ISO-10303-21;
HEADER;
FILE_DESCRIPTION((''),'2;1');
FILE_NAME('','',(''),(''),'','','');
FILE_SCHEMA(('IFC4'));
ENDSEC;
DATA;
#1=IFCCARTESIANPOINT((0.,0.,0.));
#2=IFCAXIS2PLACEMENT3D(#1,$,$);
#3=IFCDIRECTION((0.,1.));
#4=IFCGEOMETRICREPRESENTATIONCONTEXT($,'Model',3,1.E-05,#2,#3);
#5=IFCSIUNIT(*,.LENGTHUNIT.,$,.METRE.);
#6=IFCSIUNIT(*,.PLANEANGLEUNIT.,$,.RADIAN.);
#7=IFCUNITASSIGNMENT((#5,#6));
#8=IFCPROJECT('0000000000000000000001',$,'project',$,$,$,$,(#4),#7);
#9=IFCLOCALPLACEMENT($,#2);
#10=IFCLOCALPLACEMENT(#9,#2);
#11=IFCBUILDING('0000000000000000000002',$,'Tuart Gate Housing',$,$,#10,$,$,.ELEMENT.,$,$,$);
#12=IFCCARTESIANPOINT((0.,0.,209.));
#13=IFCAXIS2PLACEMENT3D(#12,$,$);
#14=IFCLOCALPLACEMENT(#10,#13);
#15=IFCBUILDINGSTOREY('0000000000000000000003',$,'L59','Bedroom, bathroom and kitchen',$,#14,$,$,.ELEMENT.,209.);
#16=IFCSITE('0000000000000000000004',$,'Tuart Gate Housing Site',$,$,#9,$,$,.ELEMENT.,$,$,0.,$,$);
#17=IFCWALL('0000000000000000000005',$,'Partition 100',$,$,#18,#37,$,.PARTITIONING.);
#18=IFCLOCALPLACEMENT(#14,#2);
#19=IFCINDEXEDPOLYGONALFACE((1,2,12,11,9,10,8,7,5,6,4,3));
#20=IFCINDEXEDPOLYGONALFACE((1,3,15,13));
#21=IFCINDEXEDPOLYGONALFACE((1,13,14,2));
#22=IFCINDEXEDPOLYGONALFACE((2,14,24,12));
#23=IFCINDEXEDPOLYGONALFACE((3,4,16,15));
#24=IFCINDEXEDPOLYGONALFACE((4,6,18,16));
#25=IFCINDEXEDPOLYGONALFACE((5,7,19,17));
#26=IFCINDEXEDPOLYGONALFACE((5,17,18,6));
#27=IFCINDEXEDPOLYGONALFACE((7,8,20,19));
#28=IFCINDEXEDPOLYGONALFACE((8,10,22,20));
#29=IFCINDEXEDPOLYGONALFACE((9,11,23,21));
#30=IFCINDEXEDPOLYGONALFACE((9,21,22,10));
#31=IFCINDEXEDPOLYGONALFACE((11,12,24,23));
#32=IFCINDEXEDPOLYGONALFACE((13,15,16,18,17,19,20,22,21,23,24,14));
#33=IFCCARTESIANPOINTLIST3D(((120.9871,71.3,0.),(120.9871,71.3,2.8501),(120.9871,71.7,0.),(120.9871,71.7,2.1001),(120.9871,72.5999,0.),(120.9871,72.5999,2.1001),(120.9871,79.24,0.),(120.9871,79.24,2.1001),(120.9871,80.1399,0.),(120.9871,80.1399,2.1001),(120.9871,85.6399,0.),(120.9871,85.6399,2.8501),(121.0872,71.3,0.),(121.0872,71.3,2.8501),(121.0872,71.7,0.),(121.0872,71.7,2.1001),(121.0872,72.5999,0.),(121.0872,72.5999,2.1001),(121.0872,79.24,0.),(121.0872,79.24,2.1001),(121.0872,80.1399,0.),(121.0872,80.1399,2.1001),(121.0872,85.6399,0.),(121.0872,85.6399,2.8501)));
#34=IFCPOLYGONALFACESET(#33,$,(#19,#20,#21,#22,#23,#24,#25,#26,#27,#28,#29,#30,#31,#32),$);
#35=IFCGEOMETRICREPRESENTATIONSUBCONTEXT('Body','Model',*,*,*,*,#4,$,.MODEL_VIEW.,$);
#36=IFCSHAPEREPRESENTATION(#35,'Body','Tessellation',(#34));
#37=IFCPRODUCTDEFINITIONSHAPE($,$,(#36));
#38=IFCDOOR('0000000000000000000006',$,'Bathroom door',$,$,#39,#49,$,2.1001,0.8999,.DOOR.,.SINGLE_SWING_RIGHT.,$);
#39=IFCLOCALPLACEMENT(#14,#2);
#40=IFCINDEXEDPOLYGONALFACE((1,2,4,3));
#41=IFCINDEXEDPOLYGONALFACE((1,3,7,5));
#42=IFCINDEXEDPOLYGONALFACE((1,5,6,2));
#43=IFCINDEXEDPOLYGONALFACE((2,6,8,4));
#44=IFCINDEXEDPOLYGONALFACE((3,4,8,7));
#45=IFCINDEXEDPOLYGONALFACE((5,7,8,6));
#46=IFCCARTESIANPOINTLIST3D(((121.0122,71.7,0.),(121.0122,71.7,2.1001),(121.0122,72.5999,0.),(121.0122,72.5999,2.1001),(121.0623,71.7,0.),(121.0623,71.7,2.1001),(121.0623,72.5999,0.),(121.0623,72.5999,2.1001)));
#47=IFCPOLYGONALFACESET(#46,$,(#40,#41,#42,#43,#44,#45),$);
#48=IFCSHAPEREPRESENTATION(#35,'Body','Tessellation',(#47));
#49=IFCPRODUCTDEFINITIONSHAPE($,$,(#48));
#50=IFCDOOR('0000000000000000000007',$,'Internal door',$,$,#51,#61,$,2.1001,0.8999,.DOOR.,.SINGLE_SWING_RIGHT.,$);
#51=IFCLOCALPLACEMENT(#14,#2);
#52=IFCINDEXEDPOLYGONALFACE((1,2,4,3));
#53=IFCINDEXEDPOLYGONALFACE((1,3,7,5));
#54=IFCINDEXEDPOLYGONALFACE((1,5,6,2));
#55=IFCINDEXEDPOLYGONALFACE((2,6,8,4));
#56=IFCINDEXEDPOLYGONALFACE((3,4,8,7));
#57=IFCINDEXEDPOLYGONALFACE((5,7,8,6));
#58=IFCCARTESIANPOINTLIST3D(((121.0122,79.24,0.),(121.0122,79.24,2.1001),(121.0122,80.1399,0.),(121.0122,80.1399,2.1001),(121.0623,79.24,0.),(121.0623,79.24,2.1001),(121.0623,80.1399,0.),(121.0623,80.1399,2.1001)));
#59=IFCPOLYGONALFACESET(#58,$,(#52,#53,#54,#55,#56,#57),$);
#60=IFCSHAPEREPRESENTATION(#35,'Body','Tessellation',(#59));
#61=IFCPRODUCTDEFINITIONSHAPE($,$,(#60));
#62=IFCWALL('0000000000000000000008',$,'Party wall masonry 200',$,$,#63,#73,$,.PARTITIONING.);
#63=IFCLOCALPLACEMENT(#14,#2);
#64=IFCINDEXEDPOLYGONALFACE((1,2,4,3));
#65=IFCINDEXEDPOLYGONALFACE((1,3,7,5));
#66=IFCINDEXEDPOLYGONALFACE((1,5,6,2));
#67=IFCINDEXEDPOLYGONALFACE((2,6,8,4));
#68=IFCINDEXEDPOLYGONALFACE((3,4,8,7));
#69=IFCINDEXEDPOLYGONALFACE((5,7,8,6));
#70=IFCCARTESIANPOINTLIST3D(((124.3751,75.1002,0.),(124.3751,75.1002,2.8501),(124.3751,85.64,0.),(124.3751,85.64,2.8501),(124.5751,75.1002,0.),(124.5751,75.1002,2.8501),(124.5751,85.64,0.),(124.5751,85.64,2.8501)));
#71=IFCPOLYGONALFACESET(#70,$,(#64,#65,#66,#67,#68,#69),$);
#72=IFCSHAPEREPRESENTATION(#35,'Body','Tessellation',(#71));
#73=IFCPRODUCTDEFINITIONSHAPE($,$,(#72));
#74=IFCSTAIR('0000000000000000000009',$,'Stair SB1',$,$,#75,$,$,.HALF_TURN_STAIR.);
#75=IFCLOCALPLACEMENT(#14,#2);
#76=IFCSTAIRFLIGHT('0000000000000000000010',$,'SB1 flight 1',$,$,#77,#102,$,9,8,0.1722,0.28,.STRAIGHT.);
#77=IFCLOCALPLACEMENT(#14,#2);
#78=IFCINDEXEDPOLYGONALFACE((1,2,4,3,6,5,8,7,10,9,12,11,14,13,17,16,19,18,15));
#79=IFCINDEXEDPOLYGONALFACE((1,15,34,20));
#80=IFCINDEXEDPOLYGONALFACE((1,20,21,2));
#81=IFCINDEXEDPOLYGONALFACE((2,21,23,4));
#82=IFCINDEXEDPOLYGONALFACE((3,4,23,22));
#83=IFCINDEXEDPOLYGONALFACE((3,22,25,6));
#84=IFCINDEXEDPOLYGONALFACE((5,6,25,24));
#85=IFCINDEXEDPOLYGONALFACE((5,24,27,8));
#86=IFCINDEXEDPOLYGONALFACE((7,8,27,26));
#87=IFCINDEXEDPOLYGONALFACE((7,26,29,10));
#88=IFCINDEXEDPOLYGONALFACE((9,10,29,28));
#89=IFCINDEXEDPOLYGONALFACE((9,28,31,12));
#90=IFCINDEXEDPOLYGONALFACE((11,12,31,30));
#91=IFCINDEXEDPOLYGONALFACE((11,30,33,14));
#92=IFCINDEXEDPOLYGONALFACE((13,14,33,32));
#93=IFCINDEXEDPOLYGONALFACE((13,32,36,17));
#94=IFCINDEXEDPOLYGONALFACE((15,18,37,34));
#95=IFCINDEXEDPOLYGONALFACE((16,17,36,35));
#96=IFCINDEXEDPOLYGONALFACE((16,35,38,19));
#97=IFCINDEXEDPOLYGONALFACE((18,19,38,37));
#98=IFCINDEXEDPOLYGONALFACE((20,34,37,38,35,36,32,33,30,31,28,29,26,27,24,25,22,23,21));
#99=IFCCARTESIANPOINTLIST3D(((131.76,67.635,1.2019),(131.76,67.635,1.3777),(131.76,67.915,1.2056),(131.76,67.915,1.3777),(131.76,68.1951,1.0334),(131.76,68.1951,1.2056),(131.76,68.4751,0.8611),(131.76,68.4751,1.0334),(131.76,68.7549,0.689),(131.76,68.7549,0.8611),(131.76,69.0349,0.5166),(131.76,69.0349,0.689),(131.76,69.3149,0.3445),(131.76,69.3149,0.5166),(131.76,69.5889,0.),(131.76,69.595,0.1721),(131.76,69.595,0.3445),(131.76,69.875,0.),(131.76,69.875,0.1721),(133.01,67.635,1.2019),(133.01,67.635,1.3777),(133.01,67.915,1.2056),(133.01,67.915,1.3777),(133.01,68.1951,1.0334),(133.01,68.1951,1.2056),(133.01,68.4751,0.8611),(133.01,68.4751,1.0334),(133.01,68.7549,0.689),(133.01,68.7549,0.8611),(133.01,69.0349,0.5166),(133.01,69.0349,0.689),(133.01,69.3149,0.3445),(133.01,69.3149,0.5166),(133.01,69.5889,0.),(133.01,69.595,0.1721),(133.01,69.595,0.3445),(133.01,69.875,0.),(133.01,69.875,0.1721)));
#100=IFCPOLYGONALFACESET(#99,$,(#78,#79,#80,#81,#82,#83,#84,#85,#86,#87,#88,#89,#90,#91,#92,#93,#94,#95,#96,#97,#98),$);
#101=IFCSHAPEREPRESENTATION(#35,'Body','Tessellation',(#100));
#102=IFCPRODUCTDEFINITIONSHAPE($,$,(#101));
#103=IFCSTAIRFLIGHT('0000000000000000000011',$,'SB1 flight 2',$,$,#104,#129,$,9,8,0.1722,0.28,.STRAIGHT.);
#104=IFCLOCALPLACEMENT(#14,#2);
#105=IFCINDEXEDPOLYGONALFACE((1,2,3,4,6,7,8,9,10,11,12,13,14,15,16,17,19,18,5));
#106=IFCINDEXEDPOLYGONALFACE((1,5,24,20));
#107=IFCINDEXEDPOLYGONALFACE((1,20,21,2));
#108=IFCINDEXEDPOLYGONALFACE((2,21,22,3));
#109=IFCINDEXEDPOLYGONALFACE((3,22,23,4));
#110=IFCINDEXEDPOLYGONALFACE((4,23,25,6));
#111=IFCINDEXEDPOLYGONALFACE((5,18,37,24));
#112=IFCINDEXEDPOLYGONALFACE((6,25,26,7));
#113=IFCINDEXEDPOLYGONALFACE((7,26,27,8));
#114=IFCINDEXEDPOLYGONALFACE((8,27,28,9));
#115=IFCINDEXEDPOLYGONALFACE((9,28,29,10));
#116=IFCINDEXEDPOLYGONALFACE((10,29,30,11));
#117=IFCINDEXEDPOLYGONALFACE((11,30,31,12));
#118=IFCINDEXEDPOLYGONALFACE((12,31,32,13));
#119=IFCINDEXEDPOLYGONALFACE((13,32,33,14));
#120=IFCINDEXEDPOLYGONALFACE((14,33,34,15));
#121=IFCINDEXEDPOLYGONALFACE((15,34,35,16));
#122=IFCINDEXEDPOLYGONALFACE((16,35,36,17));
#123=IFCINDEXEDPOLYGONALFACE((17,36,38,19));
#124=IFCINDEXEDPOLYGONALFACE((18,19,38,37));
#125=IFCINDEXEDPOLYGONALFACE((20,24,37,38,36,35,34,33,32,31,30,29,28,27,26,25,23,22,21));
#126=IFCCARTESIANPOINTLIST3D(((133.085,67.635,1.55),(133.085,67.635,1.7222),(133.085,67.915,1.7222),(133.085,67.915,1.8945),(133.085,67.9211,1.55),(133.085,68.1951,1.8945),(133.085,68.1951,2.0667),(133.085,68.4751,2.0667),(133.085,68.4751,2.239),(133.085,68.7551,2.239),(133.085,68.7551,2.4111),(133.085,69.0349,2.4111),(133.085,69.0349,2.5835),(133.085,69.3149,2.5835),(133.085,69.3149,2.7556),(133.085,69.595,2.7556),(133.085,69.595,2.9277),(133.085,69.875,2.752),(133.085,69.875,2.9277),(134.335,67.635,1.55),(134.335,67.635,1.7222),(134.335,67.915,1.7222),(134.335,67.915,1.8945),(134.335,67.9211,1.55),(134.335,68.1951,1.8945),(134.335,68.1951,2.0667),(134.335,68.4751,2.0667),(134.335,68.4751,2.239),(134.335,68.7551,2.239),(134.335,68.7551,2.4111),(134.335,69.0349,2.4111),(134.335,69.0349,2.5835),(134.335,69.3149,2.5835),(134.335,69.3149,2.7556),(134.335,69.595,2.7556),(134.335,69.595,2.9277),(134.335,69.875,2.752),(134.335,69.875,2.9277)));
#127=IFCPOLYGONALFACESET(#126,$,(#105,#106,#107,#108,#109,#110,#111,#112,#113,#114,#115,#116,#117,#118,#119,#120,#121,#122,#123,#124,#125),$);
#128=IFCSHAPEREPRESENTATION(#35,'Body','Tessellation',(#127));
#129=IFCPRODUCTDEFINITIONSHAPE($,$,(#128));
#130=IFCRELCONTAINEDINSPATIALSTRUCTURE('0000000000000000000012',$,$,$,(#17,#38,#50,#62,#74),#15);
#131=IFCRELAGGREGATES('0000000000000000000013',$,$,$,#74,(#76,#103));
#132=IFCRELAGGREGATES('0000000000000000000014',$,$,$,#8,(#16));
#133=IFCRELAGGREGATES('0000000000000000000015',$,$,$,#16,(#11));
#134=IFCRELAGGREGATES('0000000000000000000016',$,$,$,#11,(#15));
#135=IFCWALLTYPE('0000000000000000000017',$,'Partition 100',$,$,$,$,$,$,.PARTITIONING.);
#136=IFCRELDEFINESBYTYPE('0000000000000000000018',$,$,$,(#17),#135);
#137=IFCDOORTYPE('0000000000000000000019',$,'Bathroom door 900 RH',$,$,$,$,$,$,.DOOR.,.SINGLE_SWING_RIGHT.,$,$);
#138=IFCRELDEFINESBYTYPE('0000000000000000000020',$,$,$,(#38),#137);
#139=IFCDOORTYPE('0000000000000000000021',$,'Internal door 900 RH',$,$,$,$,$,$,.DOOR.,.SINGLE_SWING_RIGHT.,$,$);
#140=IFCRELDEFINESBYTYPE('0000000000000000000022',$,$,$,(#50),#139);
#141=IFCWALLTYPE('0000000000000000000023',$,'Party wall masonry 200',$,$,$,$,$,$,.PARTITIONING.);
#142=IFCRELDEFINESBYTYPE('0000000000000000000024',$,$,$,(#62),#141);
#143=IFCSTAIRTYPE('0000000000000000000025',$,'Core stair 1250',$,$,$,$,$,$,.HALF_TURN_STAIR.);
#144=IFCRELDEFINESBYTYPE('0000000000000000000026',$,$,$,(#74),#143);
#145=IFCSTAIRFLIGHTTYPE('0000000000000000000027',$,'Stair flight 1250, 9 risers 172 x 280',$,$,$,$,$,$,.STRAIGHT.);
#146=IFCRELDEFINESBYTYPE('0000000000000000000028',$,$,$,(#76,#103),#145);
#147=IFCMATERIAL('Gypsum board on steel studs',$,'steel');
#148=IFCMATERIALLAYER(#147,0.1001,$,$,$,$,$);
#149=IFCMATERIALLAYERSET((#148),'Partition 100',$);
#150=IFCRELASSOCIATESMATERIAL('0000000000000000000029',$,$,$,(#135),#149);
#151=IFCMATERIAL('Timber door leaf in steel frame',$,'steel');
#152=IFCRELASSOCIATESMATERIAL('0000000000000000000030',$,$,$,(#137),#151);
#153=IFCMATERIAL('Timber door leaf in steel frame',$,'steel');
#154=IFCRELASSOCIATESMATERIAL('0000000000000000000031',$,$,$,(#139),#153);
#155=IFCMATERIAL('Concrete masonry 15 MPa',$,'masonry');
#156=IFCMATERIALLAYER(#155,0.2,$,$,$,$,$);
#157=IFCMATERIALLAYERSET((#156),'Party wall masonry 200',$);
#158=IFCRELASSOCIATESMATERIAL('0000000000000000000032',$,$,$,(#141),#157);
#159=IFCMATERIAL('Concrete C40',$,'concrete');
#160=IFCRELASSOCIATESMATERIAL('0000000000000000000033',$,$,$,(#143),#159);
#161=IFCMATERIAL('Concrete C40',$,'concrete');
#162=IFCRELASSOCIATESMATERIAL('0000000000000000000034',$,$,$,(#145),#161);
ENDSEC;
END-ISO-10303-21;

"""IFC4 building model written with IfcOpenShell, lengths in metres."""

from ifc_helpers import new_model, si_unit, direction, frame, frame_2d, origin, place, context, subcontext, project, spatial, polyline, rectangle, outline, extrude, material, layer, layer_set, type_object, element, fill, aggregate, save


model = new_model("IFC4")

# Units and contexts
model_context = context("Model", 3, precision=1e-05, world=origin(), true_north=direction((0.0, 1.0)))
body_context = subcontext(model_context, "Body", "Model", "MODEL_VIEW")
ifc_project = project(units=[si_unit("LENGTHUNIT", "METRE"), si_unit("PLANEANGLEUNIT", "RADIAN")], contexts=[model_context])

# Site, building, storey
site_placement = place(None, origin())
site = spatial("IfcSite", under=ifc_project, at=site_placement, Name="Tuart Gate Housing Site", CompositionType="ELEMENT", RefElevation=0.0)
building_placement = place(site_placement, origin())
building = spatial("IfcBuilding", under=site, at=building_placement, Name="Tuart Gate Housing", CompositionType="ELEMENT")
storey_placement = place(building_placement, frame((0.0, 0.0, 209.0)))
storey = spatial("IfcBuildingStorey", under=building, at=storey_placement, Name="L59", Description="Bedroom, bathroom and kitchen", CompositionType="ELEMENT", Elevation=209.0)

# Shared definitions
ifc_material_1 = material(Name="Gypsum board on steel studs", Category="steel")
ifc_layer_1 = layer(ifc_material_1, 0.1001)
ifc_layer_set_1 = layer_set([ifc_layer_1], Name="Partition 100")
wall_type_1 = type_object("IfcWallType", Name="Partition 100", PredefinedType="PARTITIONING", material=ifc_layer_set_1)

# Wall, openings, doors
wall_1_placement = place(storey_placement, frame((121.0371, 71.3, 0.0), z_axis=(0.0, 0.0, 1.0), x_axis=(0.0, 1.0, 0.0)))
wall_1 = element("IfcWall", 1, at=wall_1_placement, inside=storey, type_object=wall_type_1, Name="Partition 100", PredefinedType="PARTITIONING", context=body_context, shape_type="SweptSolid", body=[
    extrude(rectangle(XDim=14.3398, YDim=0.1001, at=frame_2d((7.1699, 0.0))), origin(), (0.0, 0.0, 1.0), 2.8501),
])
opening_1_placement = place(wall_1_placement, frame((7.9399, 0.0, 0.0)))
opening_1 = element("IfcOpeningElement", 2, at=opening_1_placement, cuts=wall_1, PredefinedType="OPENING", context=body_context, shape_type="SweptSolid", body=[
    extrude(rectangle(XDim=0.8999, YDim=2.1001, at=frame_2d((0.45, 1.05))), frame((0.0, 0.0601, 0.0), z_axis=(0.0, -1.0, 0.0), x_axis=(1.0, 0.0, 0.0)), (0.0, 0.0, 1.0), 0.1201),
])
opening_2_placement = place(wall_1_placement, frame((0.3999, 0.0, 0.0)))
opening_2 = element("IfcOpeningElement", 3, at=opening_2_placement, cuts=wall_1, PredefinedType="OPENING", context=body_context, shape_type="SweptSolid", body=[
    extrude(rectangle(XDim=0.8999, YDim=2.1001, at=frame_2d((0.45, 1.05))), frame((0.0, 0.0601, 0.0), z_axis=(0.0, -1.0, 0.0), x_axis=(1.0, 0.0, 0.0)), (0.0, 0.0, 1.0), 0.1201),
])
ifc_material_2 = material(Name="Timber door leaf in steel frame", Category="steel")
door_type_1 = type_object("IfcDoorType", Name="Bathroom door 900 RH", OperationType="SINGLE_SWING_RIGHT", PredefinedType="DOOR", material=ifc_material_2)
door_1_placement = place(opening_2_placement, frame((0.8999, 0.0, 0.0), z_axis=(0.0, 0.0, 1.0), x_axis=(-1.0, 0.0, 0.0)))
door_1 = element("IfcDoor", 4, at=door_1_placement, inside=storey, type_object=door_type_1, Name="Bathroom door", OperationType="SINGLE_SWING_RIGHT", OverallHeight=2.1001, OverallWidth=0.8999, PredefinedType="DOOR", context=body_context, shape_type="SweptSolid", body=[
    extrude(rectangle(XDim=0.8999, YDim=2.1001, at=frame_2d((0.45, 1.05))), frame((0.0, 0.0251, 0.0), z_axis=(0.0, -1.0, 0.0), x_axis=(1.0, 0.0, 0.0)), (0.0, 0.0, 1.0), 0.05),
])
fill(opening_2, door_1)
ifc_material_3 = material(Name="Timber door leaf in steel frame", Category="steel")
door_type_2 = type_object("IfcDoorType", Name="Internal door 900 RH", OperationType="SINGLE_SWING_RIGHT", PredefinedType="DOOR", material=ifc_material_3)
door_2_placement = place(opening_1_placement, frame((0.8999, 0.0, 0.0), z_axis=(0.0, 0.0, 1.0), x_axis=(-1.0, 0.0, 0.0)))
door_2 = element("IfcDoor", 5, at=door_2_placement, inside=storey, type_object=door_type_2, Name="Internal door", OperationType="SINGLE_SWING_RIGHT", OverallHeight=2.1001, OverallWidth=0.8999, PredefinedType="DOOR", context=body_context, shape_type="SweptSolid", body=[
    extrude(rectangle(XDim=0.8999, YDim=2.1001, at=frame_2d((0.45, 1.05))), frame((0.0, 0.0251, 0.0), z_axis=(0.0, -1.0, 0.0), x_axis=(1.0, 0.0, 0.0)), (0.0, 0.0, 1.0), 0.05),
])
fill(opening_1, door_2)

# Wall
ifc_material_4 = material(Name="Concrete masonry 15 MPa", Category="masonry")
ifc_layer_2 = layer(ifc_material_4, 0.2)
ifc_layer_set_2 = layer_set([ifc_layer_2], Name="Party wall masonry 200")
wall_type_2 = type_object("IfcWallType", Name="Party wall masonry 200", PredefinedType="PARTITIONING", material=ifc_layer_set_2)
wall_2_placement = place(storey_placement, frame((124.4751, 75.1001, 0.0), z_axis=(0.0, 0.0, 1.0), x_axis=(0.0, 1.0, 0.0)))
element("IfcWall", 6, at=wall_2_placement, inside=storey, type_object=wall_type_2, Name="Party wall masonry 200", PredefinedType="PARTITIONING", context=body_context, shape_type="SweptSolid", body=[
    extrude(rectangle(XDim=10.5398, YDim=0.2, at=frame_2d((5.27, 0.0))), origin(), (0.0, 0.0, 1.0), 2.8501),
])

# Stair, stair flights
ifc_material_5 = material(Name="Concrete C40", Category="concrete")
stair_type = type_object("IfcStairType", Name="Core stair 1250", PredefinedType="HALF_TURN_STAIR", material=ifc_material_5)
stair_placement = place(storey_placement, origin())
stair = element("IfcStair", 7, at=stair_placement, inside=storey, type_object=stair_type, Name="Stair SB1", PredefinedType="HALF_TURN_STAIR")
ifc_material_6 = material(Name="Concrete C40", Category="concrete")
stair_flight_type = type_object("IfcStairFlightType", Name="Stair flight 1250, 9 risers 172 x 280", PredefinedType="STRAIGHT", material=ifc_material_6)
stair_flight_1_placement = place(storey_placement, frame((132.385, 69.875, 0.0), z_axis=(0.0, 0.0, 1.0), x_axis=(0.0, -1.0, 0.0)))
stair_flight_1 = element("IfcStairFlight", 8, at=stair_flight_1_placement, type_object=stair_flight_type, Name="SB1 flight 1", NumberOfRisers=9, NumberOfTreads=8, PredefinedType="STRAIGHT", RiserHeight=0.1722, TreadLength=0.28, context=body_context, shape_type="SweptSolid", body=[
    extrude(outline(polyline([(0.0, 0.0), (0.0, 0.1721), (0.28, 0.1721), (0.28, 0.3445), (0.5601, 0.3445), (0.5601, 0.5166), (0.8401, 0.5166), (0.8401, 0.689), (1.1201, 0.689), (1.1201, 0.8611), (1.3999, 0.8611), (1.3999, 1.0334), (1.6799, 1.0334), (1.6799, 1.2056), (1.96, 1.2056), (1.96, 1.3777), (2.24, 1.3777), (2.24, 1.55), (2.24, 1.2019), (0.2861, 0.0), (0.0, 0.0)])), frame((0.0, 0.625, 0.0), z_axis=(0.0, -1.0, 0.0), x_axis=(1.0, 0.0, 0.0)), (0.0, 0.0, 1.0), 1.25),
])
stair_flight_2_placement = place(storey_placement, frame((133.71, 67.635, 1.55), z_axis=(0.0, 0.0, 1.0), x_axis=(0.0, 1.0, 0.0)))
stair_flight_2 = element("IfcStairFlight", 9, at=stair_flight_2_placement, type_object=stair_flight_type, Name="SB1 flight 2", NumberOfRisers=9, NumberOfTreads=8, PredefinedType="STRAIGHT", RiserHeight=0.1722, TreadLength=0.28, context=body_context, shape_type="SweptSolid", body=[
    extrude(outline(polyline([(0.0, 0.0), (0.0, 0.1721), (0.28, 0.1721), (0.28, 0.3445), (0.5601, 0.3445), (0.5601, 0.5166), (0.8401, 0.5166), (0.8401, 0.689), (1.1201, 0.689), (1.1201, 0.8611), (1.3999, 0.8611), (1.3999, 1.0334), (1.6799, 1.0334), (1.6799, 1.2056), (1.96, 1.2056), (1.96, 1.3777), (2.24, 1.3777), (2.24, 1.55), (2.24, 1.2019), (0.2861, 0.0), (0.0, 0.0)])), frame((0.0, 0.625, 0.0), z_axis=(0.0, -1.0, 0.0), x_axis=(1.0, 0.0, 0.0)), (0.0, 0.0, 1.0), 1.25),
])
aggregate(stair, [stair_flight_1, stair_flight_2])

save(model, "model.ifc")
